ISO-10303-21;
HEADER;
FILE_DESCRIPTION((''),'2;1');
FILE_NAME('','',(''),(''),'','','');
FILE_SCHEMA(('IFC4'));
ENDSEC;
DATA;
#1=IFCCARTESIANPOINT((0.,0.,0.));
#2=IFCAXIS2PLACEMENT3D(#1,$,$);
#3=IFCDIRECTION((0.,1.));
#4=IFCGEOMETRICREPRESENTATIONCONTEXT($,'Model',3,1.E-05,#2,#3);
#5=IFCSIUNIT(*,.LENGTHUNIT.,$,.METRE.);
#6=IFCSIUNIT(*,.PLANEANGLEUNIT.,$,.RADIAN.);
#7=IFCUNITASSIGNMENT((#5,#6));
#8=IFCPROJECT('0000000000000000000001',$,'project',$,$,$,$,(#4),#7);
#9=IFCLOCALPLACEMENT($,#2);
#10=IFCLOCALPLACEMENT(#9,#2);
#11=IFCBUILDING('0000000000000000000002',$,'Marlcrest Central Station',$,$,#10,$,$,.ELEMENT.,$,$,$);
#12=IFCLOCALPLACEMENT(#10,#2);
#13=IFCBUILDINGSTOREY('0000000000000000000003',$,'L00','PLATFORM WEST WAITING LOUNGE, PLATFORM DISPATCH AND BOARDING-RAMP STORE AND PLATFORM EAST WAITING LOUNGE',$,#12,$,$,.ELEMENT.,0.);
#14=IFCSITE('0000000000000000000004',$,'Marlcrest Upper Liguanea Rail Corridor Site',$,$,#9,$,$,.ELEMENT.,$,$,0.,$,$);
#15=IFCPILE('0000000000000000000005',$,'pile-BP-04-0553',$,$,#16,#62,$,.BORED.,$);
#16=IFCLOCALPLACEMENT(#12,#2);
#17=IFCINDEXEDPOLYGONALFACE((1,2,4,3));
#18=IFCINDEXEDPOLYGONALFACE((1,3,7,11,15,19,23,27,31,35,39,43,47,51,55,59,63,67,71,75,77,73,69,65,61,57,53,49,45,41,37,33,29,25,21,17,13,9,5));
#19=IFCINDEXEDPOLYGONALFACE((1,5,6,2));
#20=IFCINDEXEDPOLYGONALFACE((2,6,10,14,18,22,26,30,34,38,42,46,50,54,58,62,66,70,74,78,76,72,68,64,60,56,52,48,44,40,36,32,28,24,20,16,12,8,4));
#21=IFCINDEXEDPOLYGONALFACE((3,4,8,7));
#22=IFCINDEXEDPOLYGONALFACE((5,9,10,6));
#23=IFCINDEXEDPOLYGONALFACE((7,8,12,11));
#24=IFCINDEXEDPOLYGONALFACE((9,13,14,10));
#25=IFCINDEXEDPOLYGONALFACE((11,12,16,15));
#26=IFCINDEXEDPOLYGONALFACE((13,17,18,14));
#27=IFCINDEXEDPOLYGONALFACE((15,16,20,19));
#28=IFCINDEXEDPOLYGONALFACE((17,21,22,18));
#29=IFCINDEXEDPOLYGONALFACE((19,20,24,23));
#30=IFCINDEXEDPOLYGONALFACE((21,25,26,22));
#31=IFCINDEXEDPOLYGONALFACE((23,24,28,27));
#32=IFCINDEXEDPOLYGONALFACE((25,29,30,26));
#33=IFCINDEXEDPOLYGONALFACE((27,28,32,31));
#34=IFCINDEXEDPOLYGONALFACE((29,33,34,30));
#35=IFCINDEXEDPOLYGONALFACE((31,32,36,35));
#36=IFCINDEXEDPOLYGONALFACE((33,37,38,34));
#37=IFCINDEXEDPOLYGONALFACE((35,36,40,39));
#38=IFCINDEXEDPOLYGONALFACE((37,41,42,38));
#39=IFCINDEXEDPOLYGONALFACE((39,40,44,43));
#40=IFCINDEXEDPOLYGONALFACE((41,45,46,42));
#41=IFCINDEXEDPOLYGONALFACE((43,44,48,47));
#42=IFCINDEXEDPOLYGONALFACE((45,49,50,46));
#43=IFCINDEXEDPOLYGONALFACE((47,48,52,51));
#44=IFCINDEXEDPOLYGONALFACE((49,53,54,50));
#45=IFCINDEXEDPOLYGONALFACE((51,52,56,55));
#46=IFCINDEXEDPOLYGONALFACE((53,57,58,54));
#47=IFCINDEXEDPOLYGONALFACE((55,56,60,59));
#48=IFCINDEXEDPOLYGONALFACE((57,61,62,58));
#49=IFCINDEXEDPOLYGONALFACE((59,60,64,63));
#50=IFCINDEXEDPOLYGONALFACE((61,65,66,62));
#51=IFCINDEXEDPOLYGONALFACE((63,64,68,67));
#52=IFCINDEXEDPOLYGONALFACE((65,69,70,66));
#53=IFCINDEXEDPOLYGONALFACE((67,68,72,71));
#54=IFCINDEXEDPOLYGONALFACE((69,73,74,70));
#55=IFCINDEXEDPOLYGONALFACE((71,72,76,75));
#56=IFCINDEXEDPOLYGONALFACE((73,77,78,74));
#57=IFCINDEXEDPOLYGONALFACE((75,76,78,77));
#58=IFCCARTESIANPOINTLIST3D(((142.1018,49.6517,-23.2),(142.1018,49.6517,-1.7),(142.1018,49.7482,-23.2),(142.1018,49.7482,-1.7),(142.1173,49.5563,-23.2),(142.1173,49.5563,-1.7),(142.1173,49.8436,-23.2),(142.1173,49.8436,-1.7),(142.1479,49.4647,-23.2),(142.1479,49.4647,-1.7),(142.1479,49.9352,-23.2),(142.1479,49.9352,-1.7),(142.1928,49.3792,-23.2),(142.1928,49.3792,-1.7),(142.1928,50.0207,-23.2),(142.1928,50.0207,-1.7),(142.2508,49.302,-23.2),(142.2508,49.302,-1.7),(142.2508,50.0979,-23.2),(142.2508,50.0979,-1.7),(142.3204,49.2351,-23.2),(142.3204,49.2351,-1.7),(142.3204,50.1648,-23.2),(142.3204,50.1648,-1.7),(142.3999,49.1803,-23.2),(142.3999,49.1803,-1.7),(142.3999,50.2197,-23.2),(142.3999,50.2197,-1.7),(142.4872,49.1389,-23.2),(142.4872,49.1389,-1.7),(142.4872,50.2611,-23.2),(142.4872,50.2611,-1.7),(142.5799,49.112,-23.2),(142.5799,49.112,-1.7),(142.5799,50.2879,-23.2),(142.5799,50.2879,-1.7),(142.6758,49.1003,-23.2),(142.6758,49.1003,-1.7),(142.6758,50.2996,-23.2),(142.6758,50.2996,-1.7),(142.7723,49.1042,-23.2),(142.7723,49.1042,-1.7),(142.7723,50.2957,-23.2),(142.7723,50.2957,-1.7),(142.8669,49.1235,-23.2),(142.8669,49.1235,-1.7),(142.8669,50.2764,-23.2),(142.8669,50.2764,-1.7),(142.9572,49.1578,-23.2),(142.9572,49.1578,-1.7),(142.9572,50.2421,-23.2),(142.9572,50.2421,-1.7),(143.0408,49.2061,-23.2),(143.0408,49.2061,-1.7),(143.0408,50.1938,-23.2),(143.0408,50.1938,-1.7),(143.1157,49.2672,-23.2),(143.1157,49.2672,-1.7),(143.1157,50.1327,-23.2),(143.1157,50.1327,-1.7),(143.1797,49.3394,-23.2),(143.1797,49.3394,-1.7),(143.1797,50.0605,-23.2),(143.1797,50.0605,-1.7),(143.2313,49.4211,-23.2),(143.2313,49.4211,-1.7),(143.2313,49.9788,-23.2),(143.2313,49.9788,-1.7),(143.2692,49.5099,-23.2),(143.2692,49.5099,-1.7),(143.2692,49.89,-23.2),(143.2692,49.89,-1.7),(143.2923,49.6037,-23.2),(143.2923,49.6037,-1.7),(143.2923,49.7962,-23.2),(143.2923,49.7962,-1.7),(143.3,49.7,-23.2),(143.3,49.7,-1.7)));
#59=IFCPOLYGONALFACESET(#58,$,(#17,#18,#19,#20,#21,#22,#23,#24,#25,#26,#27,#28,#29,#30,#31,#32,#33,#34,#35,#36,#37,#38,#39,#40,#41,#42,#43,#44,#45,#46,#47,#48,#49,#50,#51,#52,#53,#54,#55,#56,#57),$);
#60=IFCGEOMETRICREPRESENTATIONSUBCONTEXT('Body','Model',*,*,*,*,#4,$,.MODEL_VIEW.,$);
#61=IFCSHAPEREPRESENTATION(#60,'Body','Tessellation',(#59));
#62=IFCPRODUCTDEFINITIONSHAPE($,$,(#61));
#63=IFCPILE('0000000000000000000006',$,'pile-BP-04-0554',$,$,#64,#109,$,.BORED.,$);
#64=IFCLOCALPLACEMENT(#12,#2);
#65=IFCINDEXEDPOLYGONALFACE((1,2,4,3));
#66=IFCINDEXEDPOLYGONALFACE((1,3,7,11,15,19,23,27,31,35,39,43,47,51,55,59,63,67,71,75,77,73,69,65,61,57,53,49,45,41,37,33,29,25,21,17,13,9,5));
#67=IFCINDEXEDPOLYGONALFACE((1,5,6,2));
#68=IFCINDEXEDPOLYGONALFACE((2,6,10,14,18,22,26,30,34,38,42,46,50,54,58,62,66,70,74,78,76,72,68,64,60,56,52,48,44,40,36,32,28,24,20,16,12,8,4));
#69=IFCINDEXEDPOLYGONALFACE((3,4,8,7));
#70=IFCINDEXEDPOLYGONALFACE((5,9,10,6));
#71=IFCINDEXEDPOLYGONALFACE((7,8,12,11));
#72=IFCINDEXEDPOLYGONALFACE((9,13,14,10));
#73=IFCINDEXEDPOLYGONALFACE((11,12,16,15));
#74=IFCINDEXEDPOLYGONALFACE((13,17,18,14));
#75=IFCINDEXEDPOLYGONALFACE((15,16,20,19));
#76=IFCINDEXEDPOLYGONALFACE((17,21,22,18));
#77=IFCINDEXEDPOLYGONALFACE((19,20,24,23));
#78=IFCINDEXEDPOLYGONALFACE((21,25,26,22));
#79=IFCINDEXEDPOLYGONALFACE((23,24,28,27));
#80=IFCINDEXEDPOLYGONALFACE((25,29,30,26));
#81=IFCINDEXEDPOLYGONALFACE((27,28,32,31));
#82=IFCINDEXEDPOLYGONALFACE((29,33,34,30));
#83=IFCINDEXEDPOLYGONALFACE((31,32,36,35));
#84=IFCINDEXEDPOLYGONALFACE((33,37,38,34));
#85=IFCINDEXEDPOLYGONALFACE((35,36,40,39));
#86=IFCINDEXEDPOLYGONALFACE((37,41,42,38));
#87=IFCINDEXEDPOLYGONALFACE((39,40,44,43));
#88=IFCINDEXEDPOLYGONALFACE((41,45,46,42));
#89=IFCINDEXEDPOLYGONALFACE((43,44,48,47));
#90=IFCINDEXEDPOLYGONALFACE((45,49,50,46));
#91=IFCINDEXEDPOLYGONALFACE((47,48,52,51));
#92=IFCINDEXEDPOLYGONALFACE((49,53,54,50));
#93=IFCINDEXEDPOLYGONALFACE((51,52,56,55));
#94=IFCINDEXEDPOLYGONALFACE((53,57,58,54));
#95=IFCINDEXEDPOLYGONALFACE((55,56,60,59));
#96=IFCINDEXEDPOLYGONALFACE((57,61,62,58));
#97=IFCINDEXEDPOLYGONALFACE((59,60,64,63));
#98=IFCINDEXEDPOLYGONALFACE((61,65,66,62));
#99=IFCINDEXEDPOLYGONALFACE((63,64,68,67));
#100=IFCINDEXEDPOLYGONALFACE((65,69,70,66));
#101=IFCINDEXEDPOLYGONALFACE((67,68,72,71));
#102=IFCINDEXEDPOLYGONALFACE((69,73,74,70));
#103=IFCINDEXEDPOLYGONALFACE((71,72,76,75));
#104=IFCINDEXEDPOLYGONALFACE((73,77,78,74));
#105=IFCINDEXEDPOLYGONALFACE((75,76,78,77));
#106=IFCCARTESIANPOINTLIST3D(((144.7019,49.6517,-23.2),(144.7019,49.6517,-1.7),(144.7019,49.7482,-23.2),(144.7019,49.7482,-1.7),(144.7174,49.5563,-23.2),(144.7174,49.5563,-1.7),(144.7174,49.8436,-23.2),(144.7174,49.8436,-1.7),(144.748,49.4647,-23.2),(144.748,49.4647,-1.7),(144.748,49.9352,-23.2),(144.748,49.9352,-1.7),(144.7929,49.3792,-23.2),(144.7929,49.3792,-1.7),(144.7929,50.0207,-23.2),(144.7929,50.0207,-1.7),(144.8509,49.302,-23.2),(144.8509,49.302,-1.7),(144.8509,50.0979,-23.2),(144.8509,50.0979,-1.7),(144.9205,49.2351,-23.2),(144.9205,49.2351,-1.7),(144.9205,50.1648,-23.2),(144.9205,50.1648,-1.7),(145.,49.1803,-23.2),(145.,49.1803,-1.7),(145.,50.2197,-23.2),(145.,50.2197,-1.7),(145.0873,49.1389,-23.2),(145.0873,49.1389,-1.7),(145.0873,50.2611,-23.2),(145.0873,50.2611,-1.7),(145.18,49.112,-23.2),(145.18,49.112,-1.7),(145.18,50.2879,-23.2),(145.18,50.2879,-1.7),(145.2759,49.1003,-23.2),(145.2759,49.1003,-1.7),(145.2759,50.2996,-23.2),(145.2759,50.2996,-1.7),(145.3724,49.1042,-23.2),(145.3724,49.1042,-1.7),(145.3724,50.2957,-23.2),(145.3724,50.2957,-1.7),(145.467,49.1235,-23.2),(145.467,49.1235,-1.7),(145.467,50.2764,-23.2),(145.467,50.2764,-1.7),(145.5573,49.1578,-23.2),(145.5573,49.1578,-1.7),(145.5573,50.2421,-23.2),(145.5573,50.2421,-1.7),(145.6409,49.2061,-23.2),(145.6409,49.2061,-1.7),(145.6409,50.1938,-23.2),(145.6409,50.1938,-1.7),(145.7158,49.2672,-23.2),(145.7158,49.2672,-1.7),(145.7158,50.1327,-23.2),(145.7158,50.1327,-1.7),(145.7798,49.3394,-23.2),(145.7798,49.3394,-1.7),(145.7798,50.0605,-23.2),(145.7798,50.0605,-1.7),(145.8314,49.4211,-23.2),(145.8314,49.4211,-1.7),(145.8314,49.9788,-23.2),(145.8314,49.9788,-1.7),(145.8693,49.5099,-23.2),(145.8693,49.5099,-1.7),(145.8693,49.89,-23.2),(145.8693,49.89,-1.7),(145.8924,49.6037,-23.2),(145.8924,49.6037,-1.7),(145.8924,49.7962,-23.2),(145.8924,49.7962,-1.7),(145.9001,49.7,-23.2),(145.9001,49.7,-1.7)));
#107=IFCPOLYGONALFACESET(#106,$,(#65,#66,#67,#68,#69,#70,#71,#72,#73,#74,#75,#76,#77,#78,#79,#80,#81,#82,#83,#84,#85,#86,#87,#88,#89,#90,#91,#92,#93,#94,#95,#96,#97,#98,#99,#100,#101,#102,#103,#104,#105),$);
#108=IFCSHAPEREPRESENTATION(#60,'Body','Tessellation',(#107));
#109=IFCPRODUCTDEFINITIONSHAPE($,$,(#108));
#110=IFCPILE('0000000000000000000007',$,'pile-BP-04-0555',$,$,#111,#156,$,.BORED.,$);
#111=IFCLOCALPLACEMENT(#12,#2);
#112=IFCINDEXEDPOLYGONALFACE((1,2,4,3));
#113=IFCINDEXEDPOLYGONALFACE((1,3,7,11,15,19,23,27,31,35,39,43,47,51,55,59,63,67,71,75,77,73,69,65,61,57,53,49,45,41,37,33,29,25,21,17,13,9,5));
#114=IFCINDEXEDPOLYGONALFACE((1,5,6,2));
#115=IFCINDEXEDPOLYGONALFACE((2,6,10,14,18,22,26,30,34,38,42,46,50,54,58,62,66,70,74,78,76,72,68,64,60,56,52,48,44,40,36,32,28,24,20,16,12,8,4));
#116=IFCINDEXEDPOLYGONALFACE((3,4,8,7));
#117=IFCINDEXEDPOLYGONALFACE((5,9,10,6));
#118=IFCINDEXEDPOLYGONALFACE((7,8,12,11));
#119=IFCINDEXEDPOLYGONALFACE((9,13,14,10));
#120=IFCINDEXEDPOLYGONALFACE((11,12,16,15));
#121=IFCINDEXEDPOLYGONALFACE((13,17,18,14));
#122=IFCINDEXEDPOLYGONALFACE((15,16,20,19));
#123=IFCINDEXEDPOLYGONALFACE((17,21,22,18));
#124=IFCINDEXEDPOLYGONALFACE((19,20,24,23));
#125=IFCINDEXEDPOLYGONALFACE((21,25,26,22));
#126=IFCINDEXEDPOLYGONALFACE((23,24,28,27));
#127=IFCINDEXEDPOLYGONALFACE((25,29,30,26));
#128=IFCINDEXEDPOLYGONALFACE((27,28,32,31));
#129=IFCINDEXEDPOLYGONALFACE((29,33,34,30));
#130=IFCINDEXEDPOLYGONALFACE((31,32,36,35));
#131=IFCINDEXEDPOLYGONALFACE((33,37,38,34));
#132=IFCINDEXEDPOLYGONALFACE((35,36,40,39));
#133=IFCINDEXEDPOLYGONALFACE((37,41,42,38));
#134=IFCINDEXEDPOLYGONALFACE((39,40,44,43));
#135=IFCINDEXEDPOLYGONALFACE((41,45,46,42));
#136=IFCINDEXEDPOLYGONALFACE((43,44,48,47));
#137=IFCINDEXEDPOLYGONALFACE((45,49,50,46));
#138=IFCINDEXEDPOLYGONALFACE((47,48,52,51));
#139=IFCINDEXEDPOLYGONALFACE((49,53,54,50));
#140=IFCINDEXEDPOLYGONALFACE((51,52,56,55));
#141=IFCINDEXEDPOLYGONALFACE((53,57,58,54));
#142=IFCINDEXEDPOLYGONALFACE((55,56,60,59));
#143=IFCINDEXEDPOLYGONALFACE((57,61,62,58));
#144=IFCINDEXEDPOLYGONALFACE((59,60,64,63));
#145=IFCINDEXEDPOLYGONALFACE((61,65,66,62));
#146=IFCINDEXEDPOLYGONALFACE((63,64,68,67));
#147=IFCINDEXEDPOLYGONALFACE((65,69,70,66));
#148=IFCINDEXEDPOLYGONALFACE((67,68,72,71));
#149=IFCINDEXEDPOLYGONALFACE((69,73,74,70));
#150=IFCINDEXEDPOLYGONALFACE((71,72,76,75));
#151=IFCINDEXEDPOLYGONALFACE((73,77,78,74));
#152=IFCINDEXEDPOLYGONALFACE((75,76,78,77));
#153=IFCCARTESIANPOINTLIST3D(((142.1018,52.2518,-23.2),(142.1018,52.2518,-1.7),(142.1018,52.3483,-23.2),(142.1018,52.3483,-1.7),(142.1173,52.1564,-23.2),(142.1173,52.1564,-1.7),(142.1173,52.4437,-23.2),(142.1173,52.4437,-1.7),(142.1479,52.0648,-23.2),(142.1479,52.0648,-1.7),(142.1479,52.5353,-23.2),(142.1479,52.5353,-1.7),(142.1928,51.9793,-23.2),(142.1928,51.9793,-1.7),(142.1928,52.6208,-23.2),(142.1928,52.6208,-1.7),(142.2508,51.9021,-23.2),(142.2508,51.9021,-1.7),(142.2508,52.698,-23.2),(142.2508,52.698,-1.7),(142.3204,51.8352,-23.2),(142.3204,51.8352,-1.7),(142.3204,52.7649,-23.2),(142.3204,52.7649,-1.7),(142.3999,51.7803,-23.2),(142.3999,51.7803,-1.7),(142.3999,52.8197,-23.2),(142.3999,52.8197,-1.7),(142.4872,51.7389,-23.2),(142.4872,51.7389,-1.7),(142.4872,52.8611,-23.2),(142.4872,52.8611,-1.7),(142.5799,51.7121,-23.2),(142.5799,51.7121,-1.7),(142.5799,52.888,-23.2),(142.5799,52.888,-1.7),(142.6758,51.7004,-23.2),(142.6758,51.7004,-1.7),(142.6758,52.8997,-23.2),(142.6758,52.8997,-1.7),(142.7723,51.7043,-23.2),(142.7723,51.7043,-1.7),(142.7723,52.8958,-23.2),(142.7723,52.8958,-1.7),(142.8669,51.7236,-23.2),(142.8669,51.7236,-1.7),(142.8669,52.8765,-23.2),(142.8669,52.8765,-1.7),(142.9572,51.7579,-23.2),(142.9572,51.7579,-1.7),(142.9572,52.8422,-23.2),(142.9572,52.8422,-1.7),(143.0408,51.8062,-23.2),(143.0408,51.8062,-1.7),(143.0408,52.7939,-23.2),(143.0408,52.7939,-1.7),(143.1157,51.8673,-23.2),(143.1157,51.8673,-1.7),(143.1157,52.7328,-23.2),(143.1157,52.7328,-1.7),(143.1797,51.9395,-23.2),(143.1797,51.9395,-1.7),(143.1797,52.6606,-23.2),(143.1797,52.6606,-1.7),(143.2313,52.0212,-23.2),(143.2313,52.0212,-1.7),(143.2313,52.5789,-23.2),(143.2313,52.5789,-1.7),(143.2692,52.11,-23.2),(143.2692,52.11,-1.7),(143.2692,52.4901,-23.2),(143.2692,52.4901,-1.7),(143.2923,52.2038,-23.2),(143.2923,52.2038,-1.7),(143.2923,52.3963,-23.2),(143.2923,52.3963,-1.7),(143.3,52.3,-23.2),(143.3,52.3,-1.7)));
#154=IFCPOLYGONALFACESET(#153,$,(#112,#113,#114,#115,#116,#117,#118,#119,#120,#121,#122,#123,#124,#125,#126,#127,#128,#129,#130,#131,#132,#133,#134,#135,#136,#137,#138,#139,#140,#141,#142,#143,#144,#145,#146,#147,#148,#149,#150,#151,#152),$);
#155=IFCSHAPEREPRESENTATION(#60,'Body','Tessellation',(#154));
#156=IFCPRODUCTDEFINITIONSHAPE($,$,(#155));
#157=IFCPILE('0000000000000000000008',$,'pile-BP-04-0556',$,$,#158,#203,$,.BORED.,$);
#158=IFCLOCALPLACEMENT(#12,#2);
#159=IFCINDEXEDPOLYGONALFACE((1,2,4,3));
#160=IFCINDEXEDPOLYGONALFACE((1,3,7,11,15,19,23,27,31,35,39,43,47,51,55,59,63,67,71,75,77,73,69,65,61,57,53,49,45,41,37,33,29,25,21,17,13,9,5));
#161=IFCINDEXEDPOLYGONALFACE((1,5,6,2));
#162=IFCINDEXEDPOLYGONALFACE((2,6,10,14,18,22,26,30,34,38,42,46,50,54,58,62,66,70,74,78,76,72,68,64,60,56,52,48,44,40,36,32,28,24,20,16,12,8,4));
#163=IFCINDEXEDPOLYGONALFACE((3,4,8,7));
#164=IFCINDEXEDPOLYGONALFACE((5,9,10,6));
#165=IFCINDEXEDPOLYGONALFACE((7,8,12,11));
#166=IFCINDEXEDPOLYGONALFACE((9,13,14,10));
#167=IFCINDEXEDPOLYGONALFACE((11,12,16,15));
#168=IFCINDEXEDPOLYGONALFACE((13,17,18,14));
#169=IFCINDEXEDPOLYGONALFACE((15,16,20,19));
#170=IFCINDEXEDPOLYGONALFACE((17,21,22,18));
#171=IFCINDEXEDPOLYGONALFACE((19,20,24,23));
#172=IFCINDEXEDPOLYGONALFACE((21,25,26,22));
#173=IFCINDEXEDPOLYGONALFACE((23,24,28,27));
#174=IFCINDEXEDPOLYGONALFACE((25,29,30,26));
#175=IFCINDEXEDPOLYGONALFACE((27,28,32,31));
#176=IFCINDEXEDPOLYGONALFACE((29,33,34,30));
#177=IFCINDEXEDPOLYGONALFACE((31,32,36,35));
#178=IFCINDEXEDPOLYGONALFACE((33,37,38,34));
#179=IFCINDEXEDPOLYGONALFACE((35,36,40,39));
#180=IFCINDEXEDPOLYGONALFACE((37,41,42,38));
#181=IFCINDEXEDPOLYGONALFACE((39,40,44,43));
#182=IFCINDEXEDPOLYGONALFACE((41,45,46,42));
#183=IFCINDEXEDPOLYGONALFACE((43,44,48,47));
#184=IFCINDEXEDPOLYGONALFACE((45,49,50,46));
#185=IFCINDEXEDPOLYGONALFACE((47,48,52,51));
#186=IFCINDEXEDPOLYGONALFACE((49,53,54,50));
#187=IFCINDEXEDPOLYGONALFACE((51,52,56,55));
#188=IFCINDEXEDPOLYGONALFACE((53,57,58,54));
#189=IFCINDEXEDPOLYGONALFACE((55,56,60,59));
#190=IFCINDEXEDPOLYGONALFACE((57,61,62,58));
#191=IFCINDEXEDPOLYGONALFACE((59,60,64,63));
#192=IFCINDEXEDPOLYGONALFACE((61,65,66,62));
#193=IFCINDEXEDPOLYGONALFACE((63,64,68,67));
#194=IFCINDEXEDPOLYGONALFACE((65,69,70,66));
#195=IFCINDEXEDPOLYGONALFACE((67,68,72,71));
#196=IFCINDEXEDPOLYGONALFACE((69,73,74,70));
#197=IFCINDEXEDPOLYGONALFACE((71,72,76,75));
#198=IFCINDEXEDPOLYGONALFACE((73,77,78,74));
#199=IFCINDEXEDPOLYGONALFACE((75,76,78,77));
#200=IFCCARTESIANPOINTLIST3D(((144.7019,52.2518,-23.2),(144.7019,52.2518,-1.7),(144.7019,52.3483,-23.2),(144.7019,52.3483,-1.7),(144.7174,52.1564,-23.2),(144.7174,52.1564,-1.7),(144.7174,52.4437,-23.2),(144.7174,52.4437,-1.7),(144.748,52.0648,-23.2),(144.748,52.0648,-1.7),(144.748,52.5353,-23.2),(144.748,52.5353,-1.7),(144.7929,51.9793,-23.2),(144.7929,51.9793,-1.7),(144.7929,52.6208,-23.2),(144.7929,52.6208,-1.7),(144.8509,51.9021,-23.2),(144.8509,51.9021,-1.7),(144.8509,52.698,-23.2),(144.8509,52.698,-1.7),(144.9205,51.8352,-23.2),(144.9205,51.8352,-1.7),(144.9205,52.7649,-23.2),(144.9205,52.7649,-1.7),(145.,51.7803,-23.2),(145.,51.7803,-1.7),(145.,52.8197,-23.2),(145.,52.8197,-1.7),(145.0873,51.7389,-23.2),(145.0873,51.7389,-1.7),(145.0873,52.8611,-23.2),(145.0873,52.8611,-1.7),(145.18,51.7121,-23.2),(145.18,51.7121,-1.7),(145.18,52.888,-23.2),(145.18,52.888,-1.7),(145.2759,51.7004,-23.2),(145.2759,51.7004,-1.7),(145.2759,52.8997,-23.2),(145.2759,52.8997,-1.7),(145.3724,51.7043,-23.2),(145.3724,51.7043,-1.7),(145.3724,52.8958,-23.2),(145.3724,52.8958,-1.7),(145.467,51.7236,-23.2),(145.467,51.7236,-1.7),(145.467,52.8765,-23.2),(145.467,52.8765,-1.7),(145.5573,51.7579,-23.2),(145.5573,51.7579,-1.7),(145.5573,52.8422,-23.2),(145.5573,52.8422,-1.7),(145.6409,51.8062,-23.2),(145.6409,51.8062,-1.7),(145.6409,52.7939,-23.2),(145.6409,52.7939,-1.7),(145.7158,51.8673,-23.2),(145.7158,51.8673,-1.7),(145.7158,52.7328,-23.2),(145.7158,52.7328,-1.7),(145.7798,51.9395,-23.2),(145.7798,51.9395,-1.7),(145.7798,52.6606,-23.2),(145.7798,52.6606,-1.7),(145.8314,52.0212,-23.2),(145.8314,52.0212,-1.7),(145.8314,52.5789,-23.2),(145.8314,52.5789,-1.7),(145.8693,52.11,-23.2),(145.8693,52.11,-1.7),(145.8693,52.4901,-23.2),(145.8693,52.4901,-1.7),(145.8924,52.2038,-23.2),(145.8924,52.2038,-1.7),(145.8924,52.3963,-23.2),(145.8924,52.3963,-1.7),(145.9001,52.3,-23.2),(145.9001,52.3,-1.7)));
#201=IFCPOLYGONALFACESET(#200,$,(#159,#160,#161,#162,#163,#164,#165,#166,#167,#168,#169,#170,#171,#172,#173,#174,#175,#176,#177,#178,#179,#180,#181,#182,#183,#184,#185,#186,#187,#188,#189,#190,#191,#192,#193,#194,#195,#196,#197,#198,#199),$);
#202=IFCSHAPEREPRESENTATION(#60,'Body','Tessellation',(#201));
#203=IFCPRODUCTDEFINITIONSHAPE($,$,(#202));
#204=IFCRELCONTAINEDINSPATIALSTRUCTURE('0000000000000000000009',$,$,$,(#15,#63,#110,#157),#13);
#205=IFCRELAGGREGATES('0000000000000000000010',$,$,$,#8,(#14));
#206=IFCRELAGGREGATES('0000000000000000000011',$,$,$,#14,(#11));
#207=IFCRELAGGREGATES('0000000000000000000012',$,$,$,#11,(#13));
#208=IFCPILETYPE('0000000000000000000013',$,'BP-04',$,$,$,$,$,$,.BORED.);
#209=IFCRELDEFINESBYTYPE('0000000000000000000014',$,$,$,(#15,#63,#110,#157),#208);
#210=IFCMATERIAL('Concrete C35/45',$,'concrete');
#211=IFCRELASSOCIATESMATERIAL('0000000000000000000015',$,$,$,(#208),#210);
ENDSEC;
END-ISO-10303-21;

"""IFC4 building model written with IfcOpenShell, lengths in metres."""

from ifc_helpers import new_model, si_unit, direction, frame, origin, origin_2d, place, context, subcontext, project, spatial, circle, extrude, material, material_profile, profile_set, type_object, element, save


model = new_model("IFC4")

# Units and contexts
model_context = context("Model", 3, precision=1e-05, world=origin(), true_north=direction((0.0, 1.0)))
body_context = subcontext(model_context, "Body", "Model", "MODEL_VIEW")
ifc_project = project(units=[si_unit("LENGTHUNIT", "METRE"), si_unit("PLANEANGLEUNIT", "RADIAN")], contexts=[model_context])

# Site, building, storey
site_placement = place(None, origin())
site = spatial("IfcSite", under=ifc_project, at=site_placement, Name="Marlcrest Upper Liguanea Rail Corridor Site", CompositionType="ELEMENT", RefElevation=0.0)
building_placement = place(site_placement, origin())
building = spatial("IfcBuilding", under=site, at=building_placement, Name="Marlcrest Central Station", CompositionType="ELEMENT")
storey_placement = place(building_placement, origin())
storey = spatial("IfcBuildingStorey", under=building, at=storey_placement, Name="L00", Description="PLATFORM WEST WAITING LOUNGE, PLATFORM DISPATCH AND BOARDING-RAMP STORE AND PLATFORM EAST WAITING LOUNGE", CompositionType="ELEMENT", Elevation=0.0)

# Piles
ifc_material_1 = material(Name="Concrete C35/45", Category="concrete")
ifc_material_profile_1 = material_profile(ifc_material_1, circle(Radius=0.6001, at=origin_2d()), Name="PILE D1200")
ifc_profile_set_1 = profile_set([ifc_material_profile_1], Name="Concrete C35/45")
pile_type = type_object("IfcPileType", Name="BP-04", PredefinedType="BORED", material=ifc_profile_set_1)
for number, where, z_axis, x_axis, name in (
    (1, (142.7, 49.7, -1.7), (0.0, 0.0, -1.0), (1.0, 0.0, 0.0), "pile-BP-04-0553"),
    (2, (145.3, 49.7, -1.7), (0.0, 0.0, -1.0), (1.0, 0.0, 0.0), "pile-BP-04-0554"),
    (3, (142.7, 52.3, -1.7), (0.0, 0.0, -1.0), (1.0, 0.0, 0.0), "pile-BP-04-0555"),
    (4, (145.3, 52.3, -1.7), (0.0, 0.0, -1.0), (1.0, 0.0, 0.0), "pile-BP-04-0556"),
):
    element("IfcPile", number, at=place(storey_placement, frame(where, z_axis=z_axis, x_axis=x_axis)), inside=storey, type_object=pile_type, Name=name, PredefinedType="BORED", context=body_context, shape_type="SweptSolid", body=[
        extrude(circle(Radius=0.6001, at=origin_2d()), origin(), (0.0, 0.0, 1.0), 21.5),
    ])

save(model, "model.ifc")
